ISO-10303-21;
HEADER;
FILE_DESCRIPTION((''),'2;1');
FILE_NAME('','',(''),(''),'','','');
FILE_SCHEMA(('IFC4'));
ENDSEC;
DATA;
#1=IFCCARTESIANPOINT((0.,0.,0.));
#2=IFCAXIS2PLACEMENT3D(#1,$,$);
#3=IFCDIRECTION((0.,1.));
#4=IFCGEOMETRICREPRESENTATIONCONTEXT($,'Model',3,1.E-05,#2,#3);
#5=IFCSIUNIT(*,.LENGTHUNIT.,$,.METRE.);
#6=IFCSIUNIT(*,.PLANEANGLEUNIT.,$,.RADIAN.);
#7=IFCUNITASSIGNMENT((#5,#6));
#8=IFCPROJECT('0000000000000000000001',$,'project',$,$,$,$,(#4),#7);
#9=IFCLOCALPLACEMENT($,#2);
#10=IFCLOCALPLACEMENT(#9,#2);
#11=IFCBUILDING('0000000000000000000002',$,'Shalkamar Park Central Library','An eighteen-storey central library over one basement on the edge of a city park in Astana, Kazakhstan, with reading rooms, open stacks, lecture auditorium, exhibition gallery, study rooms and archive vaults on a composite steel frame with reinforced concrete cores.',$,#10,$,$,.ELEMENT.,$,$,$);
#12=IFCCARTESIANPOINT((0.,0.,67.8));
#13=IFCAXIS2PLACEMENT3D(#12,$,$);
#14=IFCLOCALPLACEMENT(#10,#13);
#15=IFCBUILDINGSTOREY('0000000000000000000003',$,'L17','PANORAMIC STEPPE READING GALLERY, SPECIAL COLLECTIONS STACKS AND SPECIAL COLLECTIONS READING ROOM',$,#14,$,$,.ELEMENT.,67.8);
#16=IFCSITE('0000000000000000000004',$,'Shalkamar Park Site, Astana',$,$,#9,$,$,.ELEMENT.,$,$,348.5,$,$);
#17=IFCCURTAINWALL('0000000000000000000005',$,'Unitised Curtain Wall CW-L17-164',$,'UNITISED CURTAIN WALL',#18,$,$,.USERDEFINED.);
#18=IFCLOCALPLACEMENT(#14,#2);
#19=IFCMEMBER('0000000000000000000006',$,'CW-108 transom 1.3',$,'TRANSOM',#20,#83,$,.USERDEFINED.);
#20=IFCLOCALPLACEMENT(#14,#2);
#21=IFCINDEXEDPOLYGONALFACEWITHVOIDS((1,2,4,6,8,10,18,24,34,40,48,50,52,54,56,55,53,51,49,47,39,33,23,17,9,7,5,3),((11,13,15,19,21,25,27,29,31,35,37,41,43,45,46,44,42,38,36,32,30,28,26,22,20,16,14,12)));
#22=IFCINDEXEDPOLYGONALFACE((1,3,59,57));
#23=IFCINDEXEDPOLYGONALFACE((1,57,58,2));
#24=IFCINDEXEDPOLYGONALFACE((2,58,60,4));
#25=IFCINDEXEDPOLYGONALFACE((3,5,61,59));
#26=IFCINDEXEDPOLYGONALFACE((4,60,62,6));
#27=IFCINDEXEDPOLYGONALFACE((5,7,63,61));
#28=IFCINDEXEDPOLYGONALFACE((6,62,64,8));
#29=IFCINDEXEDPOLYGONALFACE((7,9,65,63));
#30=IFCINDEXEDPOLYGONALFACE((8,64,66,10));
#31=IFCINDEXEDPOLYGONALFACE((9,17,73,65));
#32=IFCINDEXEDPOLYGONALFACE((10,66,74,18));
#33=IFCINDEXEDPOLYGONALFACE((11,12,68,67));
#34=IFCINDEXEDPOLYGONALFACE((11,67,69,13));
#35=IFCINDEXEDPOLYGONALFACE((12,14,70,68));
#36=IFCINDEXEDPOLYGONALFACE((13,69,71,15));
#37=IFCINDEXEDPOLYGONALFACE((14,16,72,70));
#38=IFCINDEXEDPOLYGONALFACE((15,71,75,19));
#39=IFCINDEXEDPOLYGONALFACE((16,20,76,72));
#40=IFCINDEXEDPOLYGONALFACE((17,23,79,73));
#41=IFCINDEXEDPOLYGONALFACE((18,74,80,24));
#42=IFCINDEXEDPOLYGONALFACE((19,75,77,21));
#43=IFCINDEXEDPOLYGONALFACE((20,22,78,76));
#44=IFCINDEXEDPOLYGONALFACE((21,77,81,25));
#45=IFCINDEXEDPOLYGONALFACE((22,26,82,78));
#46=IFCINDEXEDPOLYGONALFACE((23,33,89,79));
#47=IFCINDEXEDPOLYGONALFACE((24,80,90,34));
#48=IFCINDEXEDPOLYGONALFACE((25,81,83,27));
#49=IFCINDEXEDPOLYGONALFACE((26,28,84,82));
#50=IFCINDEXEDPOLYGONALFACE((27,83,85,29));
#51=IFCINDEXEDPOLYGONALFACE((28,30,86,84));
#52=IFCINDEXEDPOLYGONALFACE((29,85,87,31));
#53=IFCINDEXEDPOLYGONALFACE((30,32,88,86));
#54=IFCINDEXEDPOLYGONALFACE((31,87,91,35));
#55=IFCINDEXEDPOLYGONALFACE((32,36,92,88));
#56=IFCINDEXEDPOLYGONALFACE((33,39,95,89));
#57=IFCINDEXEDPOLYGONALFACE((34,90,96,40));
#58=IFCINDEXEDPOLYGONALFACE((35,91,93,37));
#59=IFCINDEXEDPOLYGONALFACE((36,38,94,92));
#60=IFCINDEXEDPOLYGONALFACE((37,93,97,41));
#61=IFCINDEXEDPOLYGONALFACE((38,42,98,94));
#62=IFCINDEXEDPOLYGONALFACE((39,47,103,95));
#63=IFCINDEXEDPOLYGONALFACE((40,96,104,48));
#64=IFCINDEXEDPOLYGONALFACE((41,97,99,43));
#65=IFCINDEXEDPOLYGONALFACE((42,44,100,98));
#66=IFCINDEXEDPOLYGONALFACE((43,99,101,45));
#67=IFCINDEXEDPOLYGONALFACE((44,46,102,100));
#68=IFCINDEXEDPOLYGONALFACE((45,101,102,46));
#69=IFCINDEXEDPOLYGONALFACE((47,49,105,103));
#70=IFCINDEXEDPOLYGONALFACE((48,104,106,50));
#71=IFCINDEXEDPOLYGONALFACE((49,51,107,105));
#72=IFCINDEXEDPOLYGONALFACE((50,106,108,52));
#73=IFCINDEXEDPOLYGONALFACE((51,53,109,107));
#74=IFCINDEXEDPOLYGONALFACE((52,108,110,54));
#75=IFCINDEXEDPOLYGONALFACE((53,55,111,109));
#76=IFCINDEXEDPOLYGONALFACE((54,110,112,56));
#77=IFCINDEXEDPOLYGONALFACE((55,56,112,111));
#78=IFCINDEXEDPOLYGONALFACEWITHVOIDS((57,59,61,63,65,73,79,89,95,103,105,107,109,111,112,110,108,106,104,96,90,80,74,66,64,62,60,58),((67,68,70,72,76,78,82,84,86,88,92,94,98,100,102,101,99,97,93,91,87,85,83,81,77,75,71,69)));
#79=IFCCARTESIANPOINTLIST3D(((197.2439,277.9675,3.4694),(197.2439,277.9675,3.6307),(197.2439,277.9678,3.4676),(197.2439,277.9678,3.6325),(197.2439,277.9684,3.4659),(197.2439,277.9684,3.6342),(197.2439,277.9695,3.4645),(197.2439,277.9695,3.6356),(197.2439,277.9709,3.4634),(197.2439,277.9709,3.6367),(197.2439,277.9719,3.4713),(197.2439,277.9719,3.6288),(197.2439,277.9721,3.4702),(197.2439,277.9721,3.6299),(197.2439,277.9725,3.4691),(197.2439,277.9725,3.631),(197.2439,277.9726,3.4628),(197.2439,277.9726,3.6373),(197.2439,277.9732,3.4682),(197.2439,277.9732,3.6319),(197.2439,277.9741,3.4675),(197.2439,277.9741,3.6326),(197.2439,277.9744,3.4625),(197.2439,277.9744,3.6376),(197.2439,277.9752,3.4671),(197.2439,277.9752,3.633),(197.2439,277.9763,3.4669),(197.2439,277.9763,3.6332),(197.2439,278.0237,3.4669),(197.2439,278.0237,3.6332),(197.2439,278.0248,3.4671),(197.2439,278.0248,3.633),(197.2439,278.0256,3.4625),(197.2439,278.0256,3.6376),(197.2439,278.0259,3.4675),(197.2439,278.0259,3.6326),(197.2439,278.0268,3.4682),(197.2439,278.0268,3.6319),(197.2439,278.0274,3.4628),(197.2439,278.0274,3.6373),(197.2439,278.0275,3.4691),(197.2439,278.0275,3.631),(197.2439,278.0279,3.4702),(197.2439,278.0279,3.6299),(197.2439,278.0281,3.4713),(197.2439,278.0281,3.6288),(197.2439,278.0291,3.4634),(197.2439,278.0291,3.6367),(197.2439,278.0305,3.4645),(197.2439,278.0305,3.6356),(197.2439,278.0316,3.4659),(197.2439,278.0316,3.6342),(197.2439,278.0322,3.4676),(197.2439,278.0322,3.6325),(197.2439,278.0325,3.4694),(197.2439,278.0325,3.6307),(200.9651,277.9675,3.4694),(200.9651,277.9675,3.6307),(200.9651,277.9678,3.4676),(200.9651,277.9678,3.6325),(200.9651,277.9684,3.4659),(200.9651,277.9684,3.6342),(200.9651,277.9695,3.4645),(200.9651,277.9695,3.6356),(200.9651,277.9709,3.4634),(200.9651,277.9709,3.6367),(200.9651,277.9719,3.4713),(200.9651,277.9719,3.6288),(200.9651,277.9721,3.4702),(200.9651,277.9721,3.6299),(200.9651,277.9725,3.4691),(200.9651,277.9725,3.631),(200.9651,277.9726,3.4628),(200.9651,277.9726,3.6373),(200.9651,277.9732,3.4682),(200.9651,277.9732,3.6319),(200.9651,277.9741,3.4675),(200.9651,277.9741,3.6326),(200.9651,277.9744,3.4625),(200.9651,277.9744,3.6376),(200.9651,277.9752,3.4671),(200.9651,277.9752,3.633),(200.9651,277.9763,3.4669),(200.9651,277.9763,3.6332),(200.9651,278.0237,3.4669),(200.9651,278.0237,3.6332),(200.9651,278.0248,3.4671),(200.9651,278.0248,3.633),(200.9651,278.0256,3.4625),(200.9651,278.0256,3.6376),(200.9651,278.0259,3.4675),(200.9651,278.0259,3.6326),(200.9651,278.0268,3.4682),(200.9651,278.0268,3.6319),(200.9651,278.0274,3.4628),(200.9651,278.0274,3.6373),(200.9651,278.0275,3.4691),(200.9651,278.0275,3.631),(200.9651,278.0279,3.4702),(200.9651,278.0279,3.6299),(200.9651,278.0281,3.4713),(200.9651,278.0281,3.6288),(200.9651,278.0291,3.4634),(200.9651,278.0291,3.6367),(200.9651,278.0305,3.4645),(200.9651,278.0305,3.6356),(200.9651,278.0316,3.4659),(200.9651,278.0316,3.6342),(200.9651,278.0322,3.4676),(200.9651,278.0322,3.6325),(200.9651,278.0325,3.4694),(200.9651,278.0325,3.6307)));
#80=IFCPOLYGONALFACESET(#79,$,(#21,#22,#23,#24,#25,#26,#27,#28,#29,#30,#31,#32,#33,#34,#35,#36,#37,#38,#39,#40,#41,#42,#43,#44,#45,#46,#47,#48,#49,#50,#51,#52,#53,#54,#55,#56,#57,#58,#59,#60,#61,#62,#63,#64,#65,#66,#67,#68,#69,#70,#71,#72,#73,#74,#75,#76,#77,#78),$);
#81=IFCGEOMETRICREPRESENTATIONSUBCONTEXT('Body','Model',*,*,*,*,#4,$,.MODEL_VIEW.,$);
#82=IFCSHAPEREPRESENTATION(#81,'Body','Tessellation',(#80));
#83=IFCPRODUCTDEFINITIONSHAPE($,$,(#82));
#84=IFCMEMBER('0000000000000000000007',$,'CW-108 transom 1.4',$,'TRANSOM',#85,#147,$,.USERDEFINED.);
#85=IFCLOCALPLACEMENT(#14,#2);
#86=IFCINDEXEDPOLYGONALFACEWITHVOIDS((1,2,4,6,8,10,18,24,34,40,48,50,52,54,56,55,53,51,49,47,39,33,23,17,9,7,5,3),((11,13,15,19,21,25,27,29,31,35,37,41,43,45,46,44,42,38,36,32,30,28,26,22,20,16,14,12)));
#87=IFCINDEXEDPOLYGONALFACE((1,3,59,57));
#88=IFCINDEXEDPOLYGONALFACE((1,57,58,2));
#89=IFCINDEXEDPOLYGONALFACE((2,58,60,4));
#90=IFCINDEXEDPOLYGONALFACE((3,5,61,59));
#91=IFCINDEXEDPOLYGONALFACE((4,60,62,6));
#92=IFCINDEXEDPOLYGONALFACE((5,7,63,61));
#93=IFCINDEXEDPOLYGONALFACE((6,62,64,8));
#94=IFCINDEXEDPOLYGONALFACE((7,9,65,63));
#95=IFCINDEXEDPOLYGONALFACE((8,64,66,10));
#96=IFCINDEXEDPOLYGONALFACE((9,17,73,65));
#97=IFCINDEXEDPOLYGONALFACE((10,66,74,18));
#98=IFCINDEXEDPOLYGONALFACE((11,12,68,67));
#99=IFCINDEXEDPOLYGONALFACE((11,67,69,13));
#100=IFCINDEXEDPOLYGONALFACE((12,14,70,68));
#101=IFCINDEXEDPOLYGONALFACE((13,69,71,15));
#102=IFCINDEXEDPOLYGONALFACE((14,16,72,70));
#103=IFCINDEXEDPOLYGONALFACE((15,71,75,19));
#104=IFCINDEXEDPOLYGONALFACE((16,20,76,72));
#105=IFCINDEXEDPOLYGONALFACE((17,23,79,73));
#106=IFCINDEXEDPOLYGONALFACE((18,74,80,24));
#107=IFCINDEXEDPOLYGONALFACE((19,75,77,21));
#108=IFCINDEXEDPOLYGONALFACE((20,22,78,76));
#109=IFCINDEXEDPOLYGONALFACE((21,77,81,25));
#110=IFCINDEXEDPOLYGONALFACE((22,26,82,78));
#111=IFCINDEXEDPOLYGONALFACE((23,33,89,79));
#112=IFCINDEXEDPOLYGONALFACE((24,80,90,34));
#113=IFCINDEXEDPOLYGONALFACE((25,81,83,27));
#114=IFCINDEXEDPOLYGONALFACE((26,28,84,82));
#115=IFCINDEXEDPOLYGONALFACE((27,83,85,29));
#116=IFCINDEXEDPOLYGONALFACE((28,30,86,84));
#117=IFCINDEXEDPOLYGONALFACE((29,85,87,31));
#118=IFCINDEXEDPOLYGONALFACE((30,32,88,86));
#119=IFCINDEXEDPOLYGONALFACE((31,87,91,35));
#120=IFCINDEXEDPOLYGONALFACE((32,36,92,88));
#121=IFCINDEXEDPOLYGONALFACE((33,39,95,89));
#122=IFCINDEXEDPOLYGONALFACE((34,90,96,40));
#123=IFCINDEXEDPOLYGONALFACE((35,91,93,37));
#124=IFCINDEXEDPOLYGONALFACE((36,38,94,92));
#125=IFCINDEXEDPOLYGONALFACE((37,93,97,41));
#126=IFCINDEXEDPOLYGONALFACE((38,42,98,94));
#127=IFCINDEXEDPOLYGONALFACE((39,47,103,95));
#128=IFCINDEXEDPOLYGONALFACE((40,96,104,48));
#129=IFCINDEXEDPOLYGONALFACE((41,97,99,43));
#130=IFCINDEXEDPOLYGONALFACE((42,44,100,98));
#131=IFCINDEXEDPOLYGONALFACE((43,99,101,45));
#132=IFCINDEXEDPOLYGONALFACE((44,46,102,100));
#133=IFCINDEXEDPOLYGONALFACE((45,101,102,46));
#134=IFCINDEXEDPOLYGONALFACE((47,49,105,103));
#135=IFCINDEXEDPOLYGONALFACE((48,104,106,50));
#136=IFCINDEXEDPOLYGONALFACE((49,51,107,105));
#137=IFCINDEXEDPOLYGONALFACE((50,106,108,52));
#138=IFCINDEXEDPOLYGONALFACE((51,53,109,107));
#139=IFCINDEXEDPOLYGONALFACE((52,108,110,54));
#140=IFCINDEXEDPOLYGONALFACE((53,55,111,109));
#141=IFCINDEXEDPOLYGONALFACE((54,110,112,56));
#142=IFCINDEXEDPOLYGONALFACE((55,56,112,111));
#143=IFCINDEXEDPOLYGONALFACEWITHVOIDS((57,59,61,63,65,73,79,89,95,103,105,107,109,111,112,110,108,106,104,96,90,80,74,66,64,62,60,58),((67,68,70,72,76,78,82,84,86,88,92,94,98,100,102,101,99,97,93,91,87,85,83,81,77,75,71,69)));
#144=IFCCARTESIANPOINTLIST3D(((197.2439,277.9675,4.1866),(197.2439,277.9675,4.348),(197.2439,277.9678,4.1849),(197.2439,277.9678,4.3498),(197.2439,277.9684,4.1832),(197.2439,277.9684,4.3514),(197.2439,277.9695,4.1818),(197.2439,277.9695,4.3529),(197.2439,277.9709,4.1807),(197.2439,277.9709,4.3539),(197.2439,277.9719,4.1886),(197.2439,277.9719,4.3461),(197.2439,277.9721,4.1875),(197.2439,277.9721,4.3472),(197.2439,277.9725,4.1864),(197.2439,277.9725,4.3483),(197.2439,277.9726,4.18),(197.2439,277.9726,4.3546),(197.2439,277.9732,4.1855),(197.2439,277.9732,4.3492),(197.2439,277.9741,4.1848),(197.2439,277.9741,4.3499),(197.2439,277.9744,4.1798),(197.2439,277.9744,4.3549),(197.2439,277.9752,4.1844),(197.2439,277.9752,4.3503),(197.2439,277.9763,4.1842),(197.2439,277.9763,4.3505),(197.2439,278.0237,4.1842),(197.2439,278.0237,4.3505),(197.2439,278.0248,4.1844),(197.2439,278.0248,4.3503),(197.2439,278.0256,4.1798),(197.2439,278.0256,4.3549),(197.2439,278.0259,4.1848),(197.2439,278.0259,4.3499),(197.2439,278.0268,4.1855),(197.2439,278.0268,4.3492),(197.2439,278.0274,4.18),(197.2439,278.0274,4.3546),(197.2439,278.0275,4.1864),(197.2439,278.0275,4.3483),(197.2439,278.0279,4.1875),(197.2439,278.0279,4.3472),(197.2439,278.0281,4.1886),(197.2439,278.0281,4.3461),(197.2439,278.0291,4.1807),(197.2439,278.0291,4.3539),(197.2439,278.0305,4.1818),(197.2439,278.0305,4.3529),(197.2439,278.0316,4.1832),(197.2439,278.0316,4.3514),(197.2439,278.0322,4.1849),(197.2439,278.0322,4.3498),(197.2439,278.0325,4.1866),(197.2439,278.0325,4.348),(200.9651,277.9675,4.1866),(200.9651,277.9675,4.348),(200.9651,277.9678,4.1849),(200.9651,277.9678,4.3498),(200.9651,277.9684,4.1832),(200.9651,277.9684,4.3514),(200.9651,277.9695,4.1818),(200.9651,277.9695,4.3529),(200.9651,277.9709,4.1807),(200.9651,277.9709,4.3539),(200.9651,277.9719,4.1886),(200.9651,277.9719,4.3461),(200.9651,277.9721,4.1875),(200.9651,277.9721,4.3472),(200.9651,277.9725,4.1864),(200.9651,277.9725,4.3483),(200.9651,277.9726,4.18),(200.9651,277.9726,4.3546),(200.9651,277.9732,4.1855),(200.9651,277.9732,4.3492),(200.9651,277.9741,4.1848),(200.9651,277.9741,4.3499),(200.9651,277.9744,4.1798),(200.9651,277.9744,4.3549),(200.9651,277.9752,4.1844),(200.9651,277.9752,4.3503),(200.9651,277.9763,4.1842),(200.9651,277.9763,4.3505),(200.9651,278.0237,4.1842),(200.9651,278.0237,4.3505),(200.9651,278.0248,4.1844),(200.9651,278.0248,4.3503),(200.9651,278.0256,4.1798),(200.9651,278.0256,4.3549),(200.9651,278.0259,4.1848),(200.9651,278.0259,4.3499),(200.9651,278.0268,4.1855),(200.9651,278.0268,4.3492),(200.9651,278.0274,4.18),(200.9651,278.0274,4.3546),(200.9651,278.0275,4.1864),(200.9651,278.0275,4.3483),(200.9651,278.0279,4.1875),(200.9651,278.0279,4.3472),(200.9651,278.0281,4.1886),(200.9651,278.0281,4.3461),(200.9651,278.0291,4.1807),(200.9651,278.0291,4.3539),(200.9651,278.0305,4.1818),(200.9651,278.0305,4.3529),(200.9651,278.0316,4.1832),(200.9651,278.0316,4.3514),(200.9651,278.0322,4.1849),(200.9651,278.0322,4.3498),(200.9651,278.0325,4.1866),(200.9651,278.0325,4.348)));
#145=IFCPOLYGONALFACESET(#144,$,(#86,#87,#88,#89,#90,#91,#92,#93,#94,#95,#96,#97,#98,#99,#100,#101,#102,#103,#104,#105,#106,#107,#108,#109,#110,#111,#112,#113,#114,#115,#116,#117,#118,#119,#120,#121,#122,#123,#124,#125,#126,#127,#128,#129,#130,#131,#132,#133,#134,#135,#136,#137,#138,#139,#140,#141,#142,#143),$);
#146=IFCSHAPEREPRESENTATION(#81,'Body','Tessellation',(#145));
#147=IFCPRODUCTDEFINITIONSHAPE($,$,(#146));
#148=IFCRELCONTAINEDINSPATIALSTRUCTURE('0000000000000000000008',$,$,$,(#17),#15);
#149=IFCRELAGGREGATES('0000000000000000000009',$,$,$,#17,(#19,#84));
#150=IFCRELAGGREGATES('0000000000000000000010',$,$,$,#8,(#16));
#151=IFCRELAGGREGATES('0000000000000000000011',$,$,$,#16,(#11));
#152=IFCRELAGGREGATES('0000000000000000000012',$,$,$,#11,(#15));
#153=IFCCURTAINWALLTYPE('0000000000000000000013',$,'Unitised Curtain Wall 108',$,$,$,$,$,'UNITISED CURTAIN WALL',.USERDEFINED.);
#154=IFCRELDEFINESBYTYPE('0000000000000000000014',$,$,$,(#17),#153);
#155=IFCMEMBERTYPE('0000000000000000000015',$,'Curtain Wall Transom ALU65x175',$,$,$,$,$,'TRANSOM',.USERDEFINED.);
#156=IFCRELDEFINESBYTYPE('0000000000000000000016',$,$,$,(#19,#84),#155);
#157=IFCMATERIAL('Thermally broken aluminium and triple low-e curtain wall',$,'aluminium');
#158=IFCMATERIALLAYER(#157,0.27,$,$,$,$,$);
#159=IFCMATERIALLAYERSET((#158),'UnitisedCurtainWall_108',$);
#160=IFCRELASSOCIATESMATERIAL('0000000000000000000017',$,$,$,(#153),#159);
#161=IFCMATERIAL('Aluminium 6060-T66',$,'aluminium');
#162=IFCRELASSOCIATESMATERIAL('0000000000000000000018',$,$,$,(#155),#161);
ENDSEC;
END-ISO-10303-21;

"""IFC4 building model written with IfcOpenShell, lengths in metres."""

from ifc_helpers import new_model, si_unit, direction, frame, origin, origin_2d, place, context, subcontext, project, spatial, hollow_rectangle, extrude, material, layer, layer_set, material_profile, profile_set, type_object, element, aggregate, save


model = new_model("IFC4")

# Units and contexts
model_context = context("Model", 3, precision=1e-05, world=origin(), true_north=direction((0.0, 1.0)))
body_context = subcontext(model_context, "Body", "Model", "MODEL_VIEW")
ifc_project = project(units=[si_unit("LENGTHUNIT", "METRE"), si_unit("PLANEANGLEUNIT", "RADIAN")], contexts=[model_context])

# Site, building, storey
site_placement = place(None, origin())
site = spatial("IfcSite", under=ifc_project, at=site_placement, Name="Shalkamar Park Site, Astana", CompositionType="ELEMENT", RefElevation=348.5)
building_placement = place(site_placement, origin())
building = spatial("IfcBuilding", under=site, at=building_placement, Name="Shalkamar Park Central Library", Description="An eighteen-storey central library over one basement on the edge of a city park in Astana, Kazakhstan, with reading rooms, open stacks, lecture auditorium, exhibition gallery, study rooms and archive vaults on a composite steel frame with reinforced concrete cores.", CompositionType="ELEMENT")
storey_placement = place(building_placement, frame((0.0, 0.0, 67.8)))
storey = spatial("IfcBuildingStorey", under=building, at=storey_placement, Name="L17", Description="PANORAMIC STEPPE READING GALLERY, SPECIAL COLLECTIONS STACKS AND SPECIAL COLLECTIONS READING ROOM", CompositionType="ELEMENT", Elevation=67.8)

# Shared definitions
ifc_material_1 = material(Name="Thermally broken aluminium and triple low-e curtain wall", Category="aluminium")
ifc_material_2 = material(Name="Aluminium 6060-T66", Category="aluminium")

# Curtain wall, members
ifc_layer_1 = layer(ifc_material_1, 0.27)
ifc_layer_set_1 = layer_set([ifc_layer_1], Name="UnitisedCurtainWall_108")
curtain_wall_type_1 = type_object("IfcCurtainWallType", Name="Unitised Curtain Wall 108", ElementType="UNITISED CURTAIN WALL", PredefinedType="USERDEFINED", material=ifc_layer_set_1)
curtain_wall_1_placement = place(storey_placement, origin())
curtain_wall_1 = element("IfcCurtainWall", 1, at=curtain_wall_1_placement, inside=storey, type_object=curtain_wall_type_1, Name="Unitised Curtain Wall CW-L17-164", ObjectType="UNITISED CURTAIN WALL", PredefinedType="USERDEFINED")
ifc_material_profile_1 = material_profile(ifc_material_2, hollow_rectangle(XDim=0.0649, YDim=0.175, WallThickness=0.0044, InnerFilletRadius=0.0044, OuterFilletRadius=0.0068, at=origin_2d()), Name="ALU 65x175x4.5")
ifc_profile_set_1 = profile_set([ifc_material_profile_1], Name="Aluminium 6060-T66")
member_type_1 = type_object("IfcMemberType", Name="Curtain Wall Transom ALU65x175", ElementType="TRANSOM", PredefinedType="USERDEFINED", material=ifc_profile_set_1)
member_1_placement = place(storey_placement, frame((197.2439, 278.0, 3.55), z_axis=(1.0, 0.0, 0.0), x_axis=(0.0, 1.0, 0.0)))
member_1 = element("IfcMember", 2, at=member_1_placement, type_object=member_type_1, Name="CW-108 transom 1.3", ObjectType="TRANSOM", PredefinedType="USERDEFINED", context=body_context, shape_type="SweptSolid", body=[
    extrude(hollow_rectangle(XDim=0.0649, YDim=0.175, WallThickness=0.0044, InnerFilletRadius=0.0044, OuterFilletRadius=0.0068, at=origin_2d()), origin(), (0.0, 0.0, 1.0), 3.7212),
])
member_2_placement = place(storey_placement, frame((197.2439, 278.0, 4.2673), z_axis=(1.0, 0.0, 0.0), x_axis=(0.0, 1.0, 0.0)))
member_2 = element("IfcMember", 3, at=member_2_placement, type_object=member_type_1, Name="CW-108 transom 1.4", ObjectType="TRANSOM", PredefinedType="USERDEFINED", context=body_context, shape_type="SweptSolid", body=[
    extrude(hollow_rectangle(XDim=0.0649, YDim=0.175, WallThickness=0.0044, InnerFilletRadius=0.0044, OuterFilletRadius=0.0068, at=origin_2d()), origin(), (0.0, 0.0, 1.0), 3.7212),
])

aggregate(curtain_wall_1, [member_1, member_2])

save(model, "model.ifc")
